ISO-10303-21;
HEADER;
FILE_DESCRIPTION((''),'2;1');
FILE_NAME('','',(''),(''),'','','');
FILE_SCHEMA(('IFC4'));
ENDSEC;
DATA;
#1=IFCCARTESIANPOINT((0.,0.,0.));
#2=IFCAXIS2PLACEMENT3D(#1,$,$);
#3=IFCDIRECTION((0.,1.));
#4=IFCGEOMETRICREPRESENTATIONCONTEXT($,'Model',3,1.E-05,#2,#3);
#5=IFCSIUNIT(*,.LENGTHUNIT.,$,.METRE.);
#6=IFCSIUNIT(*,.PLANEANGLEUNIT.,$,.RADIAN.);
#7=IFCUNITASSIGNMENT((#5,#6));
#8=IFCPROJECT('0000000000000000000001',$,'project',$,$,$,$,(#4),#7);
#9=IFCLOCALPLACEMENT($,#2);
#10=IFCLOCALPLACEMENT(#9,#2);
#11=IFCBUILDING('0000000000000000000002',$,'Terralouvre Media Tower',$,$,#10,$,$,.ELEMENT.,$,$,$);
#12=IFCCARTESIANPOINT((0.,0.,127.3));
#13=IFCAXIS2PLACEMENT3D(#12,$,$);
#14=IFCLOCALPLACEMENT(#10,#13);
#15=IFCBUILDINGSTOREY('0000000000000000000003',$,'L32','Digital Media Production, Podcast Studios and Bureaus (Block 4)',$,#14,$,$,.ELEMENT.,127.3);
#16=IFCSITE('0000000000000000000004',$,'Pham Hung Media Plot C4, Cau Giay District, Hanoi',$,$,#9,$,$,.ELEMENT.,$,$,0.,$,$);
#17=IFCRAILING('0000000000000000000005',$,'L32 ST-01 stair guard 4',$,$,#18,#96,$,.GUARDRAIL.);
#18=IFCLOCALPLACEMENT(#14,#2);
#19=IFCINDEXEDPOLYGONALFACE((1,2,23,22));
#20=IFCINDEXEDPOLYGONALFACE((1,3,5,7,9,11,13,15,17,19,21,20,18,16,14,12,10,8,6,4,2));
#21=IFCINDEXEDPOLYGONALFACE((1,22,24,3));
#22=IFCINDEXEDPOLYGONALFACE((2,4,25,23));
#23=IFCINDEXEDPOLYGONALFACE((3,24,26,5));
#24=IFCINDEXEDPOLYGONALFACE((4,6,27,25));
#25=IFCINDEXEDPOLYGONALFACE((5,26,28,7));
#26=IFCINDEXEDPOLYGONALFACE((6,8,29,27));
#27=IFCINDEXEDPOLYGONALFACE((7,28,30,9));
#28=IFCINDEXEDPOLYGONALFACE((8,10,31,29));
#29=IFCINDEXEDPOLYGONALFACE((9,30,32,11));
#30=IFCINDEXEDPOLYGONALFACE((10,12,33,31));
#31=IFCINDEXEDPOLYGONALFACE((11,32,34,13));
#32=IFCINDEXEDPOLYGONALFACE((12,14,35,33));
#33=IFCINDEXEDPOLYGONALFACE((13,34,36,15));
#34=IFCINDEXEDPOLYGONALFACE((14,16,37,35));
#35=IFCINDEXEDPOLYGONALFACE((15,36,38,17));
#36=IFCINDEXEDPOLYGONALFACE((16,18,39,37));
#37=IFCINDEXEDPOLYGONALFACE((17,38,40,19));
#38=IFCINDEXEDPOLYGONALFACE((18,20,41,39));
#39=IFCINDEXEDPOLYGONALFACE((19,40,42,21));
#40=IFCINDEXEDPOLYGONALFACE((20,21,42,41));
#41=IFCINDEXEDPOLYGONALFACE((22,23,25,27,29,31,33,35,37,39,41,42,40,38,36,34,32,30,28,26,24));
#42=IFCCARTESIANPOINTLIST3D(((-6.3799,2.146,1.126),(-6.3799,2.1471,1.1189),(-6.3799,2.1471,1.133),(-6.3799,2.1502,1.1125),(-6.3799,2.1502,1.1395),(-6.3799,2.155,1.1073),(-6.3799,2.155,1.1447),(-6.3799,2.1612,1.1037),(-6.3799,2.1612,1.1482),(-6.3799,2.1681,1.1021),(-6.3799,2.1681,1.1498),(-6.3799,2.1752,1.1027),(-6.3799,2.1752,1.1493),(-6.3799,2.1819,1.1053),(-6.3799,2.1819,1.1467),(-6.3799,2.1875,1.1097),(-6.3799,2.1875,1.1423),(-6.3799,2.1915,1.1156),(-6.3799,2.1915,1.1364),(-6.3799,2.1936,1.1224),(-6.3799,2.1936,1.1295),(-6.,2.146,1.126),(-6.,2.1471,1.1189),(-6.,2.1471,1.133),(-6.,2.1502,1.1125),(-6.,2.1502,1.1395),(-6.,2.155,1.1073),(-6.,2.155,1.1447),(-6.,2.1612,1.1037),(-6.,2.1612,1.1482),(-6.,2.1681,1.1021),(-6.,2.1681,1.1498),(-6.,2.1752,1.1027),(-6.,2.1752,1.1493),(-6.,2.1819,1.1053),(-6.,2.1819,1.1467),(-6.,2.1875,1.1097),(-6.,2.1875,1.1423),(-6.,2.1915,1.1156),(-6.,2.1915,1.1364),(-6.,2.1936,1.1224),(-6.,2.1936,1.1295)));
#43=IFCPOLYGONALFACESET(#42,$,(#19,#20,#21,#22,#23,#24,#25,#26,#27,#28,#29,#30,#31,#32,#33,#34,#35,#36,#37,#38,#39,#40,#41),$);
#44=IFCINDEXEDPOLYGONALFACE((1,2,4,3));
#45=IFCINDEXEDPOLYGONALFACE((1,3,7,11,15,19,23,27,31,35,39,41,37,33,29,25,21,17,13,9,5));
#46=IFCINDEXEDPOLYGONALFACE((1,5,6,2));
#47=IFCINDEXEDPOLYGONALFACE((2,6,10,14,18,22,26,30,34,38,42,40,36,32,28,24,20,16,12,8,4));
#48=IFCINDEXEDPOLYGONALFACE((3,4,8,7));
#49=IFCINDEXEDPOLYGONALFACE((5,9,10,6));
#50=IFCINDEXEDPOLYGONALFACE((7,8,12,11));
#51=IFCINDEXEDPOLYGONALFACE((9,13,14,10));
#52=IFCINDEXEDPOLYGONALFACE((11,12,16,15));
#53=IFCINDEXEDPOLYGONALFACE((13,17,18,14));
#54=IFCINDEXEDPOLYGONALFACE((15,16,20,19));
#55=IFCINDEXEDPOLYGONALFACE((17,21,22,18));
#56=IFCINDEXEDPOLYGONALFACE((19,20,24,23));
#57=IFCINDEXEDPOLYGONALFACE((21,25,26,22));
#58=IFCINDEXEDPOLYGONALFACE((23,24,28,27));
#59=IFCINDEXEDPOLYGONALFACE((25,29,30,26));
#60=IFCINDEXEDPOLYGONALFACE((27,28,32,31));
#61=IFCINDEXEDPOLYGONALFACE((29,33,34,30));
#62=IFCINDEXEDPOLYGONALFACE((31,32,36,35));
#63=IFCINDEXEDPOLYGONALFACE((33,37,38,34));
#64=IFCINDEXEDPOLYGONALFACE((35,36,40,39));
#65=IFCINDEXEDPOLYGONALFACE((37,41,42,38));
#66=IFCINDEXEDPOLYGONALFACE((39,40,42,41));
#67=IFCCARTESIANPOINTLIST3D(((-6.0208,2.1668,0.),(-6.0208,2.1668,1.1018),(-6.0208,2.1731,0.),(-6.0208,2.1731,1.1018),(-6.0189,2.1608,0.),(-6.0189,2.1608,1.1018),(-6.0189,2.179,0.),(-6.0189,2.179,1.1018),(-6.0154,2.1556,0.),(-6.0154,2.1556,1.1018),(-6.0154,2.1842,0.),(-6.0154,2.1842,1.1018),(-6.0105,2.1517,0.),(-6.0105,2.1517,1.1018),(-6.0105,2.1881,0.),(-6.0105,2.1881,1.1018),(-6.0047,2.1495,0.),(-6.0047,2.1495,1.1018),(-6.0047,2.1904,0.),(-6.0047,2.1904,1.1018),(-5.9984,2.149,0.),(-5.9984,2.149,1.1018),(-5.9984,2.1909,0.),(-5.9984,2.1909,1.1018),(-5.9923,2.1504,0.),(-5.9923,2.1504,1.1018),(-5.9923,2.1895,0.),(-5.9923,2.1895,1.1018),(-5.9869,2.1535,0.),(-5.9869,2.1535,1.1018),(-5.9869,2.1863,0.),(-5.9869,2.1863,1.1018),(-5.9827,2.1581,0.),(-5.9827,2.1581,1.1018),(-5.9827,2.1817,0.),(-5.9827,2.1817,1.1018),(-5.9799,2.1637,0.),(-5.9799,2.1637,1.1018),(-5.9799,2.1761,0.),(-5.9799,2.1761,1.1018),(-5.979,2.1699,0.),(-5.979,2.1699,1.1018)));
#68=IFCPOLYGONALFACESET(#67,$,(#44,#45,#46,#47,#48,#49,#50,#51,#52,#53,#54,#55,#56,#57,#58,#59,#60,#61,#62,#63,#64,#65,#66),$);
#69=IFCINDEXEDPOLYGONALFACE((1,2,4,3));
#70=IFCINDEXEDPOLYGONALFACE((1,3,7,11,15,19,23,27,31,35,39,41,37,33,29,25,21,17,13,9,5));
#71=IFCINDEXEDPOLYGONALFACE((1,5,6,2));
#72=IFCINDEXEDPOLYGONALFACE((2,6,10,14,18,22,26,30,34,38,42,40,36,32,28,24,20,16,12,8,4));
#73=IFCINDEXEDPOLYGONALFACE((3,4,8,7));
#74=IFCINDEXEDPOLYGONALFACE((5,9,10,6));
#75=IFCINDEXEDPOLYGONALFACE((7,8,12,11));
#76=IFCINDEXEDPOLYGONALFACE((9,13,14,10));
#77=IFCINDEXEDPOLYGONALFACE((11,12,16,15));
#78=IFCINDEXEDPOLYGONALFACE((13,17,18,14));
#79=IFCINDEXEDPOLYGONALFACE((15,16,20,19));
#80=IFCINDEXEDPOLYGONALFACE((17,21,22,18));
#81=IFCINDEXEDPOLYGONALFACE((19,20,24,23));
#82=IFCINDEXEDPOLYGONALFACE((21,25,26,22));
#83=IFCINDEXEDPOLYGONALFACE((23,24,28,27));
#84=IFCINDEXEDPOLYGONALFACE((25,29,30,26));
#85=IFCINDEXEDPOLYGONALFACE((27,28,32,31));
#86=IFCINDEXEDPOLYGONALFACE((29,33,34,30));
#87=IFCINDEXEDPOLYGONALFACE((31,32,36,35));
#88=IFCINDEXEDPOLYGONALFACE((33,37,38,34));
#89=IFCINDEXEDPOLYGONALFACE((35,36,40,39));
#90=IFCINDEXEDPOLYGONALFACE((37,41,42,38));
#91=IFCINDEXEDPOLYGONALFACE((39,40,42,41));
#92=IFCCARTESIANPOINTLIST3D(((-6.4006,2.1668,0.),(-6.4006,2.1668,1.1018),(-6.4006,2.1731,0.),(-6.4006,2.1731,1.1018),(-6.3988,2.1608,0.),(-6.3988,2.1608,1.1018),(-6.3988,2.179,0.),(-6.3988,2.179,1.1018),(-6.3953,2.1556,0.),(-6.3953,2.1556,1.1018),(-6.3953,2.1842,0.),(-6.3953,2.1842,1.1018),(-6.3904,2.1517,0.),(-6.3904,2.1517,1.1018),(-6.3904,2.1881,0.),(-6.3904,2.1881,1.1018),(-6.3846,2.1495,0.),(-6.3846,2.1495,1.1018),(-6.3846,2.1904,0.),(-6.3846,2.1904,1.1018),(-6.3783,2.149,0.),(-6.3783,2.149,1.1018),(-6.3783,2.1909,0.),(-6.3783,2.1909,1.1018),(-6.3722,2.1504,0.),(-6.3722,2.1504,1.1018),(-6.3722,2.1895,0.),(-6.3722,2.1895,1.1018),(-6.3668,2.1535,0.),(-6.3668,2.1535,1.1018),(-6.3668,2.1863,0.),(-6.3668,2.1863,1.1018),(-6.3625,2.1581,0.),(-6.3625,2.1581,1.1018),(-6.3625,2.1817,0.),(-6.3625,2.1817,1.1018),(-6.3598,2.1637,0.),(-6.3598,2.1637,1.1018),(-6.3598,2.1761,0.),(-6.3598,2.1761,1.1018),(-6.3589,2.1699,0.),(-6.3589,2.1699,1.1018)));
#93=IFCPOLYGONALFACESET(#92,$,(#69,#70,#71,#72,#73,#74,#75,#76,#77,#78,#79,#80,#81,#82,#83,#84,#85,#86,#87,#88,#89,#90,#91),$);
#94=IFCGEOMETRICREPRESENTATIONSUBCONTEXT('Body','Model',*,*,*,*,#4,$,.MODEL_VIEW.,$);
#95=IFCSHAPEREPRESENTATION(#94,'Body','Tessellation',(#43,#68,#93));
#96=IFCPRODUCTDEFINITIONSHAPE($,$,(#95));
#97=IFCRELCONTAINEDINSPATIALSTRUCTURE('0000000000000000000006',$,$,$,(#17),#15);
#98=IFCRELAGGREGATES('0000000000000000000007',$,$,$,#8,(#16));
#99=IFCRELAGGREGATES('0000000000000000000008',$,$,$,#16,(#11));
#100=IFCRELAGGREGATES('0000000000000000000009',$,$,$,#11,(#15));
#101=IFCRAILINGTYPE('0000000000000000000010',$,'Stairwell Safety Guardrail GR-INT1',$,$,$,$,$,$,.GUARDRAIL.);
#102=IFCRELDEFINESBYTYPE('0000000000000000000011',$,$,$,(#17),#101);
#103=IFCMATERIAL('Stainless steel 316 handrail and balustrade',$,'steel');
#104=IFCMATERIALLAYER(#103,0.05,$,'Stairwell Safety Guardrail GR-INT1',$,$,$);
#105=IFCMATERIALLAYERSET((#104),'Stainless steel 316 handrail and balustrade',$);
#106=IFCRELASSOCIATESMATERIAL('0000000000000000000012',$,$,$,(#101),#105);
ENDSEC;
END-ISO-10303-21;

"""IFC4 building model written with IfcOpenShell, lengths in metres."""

from ifc_helpers import new_model, si_unit, direction, frame, origin, origin_2d, place, context, subcontext, project, spatial, circle, extrude, material, layer, layer_set, type_object, element, save


model = new_model("IFC4")

# Units and contexts
model_context = context("Model", 3, precision=1e-05, world=origin(), true_north=direction((0.0, 1.0)))
body_context = subcontext(model_context, "Body", "Model", "MODEL_VIEW")
ifc_project = project(units=[si_unit("LENGTHUNIT", "METRE"), si_unit("PLANEANGLEUNIT", "RADIAN")], contexts=[model_context])

# Site, building, storey
site_placement = place(None, origin())
site = spatial("IfcSite", under=ifc_project, at=site_placement, Name="Pham Hung Media Plot C4, Cau Giay District, Hanoi", CompositionType="ELEMENT", RefElevation=0.0)
building_placement = place(site_placement, origin())
building = spatial("IfcBuilding", under=site, at=building_placement, Name="Terralouvre Media Tower", CompositionType="ELEMENT")
storey_placement = place(building_placement, frame((0.0, 0.0, 127.3)))
storey = spatial("IfcBuildingStorey", under=building, at=storey_placement, Name="L32", Description="Digital Media Production, Podcast Studios and Bureaus (Block 4)", CompositionType="ELEMENT", Elevation=127.3)

# Railing
ifc_material_1 = material(Name="Stainless steel 316 handrail and balustrade", Category="steel")
ifc_layer_1 = layer(ifc_material_1, 0.05, Name="Stairwell Safety Guardrail GR-INT1")
ifc_layer_set_1 = layer_set([ifc_layer_1], Name="Stainless steel 316 handrail and balustrade")
railing_type_1 = type_object("IfcRailingType", Name="Stairwell Safety Guardrail GR-INT1", PredefinedType="GUARDRAIL", material=ifc_layer_set_1)
railing_1_placement = place(storey_placement, frame((-6.0, 2.1699, 0.0)))
element("IfcRailing", 1, at=railing_1_placement, inside=storey, type_object=railing_type_1, Name="L32 ST-01 stair guard 4", PredefinedType="GUARDRAIL", context=body_context, shape_type="SweptSolid", body=[
    extrude(circle(Radius=0.0239, at=origin_2d()), frame((0.0, 0.0, 1.126), z_axis=(-1.0, 0.0, 0.0), x_axis=(0.0, -1.0, 0.0)), (0.0, 0.0, 1.0), 0.3799),
    extrude(circle(Radius=0.021, at=origin_2d()), origin(), (0.0, 0.0, 1.0), 1.1018),
    extrude(circle(Radius=0.021, at=origin_2d()), frame((-0.3799, 0.0, 0.0)), (0.0, 0.0, 1.0), 1.1018),
])

save(model, "model.ifc")
